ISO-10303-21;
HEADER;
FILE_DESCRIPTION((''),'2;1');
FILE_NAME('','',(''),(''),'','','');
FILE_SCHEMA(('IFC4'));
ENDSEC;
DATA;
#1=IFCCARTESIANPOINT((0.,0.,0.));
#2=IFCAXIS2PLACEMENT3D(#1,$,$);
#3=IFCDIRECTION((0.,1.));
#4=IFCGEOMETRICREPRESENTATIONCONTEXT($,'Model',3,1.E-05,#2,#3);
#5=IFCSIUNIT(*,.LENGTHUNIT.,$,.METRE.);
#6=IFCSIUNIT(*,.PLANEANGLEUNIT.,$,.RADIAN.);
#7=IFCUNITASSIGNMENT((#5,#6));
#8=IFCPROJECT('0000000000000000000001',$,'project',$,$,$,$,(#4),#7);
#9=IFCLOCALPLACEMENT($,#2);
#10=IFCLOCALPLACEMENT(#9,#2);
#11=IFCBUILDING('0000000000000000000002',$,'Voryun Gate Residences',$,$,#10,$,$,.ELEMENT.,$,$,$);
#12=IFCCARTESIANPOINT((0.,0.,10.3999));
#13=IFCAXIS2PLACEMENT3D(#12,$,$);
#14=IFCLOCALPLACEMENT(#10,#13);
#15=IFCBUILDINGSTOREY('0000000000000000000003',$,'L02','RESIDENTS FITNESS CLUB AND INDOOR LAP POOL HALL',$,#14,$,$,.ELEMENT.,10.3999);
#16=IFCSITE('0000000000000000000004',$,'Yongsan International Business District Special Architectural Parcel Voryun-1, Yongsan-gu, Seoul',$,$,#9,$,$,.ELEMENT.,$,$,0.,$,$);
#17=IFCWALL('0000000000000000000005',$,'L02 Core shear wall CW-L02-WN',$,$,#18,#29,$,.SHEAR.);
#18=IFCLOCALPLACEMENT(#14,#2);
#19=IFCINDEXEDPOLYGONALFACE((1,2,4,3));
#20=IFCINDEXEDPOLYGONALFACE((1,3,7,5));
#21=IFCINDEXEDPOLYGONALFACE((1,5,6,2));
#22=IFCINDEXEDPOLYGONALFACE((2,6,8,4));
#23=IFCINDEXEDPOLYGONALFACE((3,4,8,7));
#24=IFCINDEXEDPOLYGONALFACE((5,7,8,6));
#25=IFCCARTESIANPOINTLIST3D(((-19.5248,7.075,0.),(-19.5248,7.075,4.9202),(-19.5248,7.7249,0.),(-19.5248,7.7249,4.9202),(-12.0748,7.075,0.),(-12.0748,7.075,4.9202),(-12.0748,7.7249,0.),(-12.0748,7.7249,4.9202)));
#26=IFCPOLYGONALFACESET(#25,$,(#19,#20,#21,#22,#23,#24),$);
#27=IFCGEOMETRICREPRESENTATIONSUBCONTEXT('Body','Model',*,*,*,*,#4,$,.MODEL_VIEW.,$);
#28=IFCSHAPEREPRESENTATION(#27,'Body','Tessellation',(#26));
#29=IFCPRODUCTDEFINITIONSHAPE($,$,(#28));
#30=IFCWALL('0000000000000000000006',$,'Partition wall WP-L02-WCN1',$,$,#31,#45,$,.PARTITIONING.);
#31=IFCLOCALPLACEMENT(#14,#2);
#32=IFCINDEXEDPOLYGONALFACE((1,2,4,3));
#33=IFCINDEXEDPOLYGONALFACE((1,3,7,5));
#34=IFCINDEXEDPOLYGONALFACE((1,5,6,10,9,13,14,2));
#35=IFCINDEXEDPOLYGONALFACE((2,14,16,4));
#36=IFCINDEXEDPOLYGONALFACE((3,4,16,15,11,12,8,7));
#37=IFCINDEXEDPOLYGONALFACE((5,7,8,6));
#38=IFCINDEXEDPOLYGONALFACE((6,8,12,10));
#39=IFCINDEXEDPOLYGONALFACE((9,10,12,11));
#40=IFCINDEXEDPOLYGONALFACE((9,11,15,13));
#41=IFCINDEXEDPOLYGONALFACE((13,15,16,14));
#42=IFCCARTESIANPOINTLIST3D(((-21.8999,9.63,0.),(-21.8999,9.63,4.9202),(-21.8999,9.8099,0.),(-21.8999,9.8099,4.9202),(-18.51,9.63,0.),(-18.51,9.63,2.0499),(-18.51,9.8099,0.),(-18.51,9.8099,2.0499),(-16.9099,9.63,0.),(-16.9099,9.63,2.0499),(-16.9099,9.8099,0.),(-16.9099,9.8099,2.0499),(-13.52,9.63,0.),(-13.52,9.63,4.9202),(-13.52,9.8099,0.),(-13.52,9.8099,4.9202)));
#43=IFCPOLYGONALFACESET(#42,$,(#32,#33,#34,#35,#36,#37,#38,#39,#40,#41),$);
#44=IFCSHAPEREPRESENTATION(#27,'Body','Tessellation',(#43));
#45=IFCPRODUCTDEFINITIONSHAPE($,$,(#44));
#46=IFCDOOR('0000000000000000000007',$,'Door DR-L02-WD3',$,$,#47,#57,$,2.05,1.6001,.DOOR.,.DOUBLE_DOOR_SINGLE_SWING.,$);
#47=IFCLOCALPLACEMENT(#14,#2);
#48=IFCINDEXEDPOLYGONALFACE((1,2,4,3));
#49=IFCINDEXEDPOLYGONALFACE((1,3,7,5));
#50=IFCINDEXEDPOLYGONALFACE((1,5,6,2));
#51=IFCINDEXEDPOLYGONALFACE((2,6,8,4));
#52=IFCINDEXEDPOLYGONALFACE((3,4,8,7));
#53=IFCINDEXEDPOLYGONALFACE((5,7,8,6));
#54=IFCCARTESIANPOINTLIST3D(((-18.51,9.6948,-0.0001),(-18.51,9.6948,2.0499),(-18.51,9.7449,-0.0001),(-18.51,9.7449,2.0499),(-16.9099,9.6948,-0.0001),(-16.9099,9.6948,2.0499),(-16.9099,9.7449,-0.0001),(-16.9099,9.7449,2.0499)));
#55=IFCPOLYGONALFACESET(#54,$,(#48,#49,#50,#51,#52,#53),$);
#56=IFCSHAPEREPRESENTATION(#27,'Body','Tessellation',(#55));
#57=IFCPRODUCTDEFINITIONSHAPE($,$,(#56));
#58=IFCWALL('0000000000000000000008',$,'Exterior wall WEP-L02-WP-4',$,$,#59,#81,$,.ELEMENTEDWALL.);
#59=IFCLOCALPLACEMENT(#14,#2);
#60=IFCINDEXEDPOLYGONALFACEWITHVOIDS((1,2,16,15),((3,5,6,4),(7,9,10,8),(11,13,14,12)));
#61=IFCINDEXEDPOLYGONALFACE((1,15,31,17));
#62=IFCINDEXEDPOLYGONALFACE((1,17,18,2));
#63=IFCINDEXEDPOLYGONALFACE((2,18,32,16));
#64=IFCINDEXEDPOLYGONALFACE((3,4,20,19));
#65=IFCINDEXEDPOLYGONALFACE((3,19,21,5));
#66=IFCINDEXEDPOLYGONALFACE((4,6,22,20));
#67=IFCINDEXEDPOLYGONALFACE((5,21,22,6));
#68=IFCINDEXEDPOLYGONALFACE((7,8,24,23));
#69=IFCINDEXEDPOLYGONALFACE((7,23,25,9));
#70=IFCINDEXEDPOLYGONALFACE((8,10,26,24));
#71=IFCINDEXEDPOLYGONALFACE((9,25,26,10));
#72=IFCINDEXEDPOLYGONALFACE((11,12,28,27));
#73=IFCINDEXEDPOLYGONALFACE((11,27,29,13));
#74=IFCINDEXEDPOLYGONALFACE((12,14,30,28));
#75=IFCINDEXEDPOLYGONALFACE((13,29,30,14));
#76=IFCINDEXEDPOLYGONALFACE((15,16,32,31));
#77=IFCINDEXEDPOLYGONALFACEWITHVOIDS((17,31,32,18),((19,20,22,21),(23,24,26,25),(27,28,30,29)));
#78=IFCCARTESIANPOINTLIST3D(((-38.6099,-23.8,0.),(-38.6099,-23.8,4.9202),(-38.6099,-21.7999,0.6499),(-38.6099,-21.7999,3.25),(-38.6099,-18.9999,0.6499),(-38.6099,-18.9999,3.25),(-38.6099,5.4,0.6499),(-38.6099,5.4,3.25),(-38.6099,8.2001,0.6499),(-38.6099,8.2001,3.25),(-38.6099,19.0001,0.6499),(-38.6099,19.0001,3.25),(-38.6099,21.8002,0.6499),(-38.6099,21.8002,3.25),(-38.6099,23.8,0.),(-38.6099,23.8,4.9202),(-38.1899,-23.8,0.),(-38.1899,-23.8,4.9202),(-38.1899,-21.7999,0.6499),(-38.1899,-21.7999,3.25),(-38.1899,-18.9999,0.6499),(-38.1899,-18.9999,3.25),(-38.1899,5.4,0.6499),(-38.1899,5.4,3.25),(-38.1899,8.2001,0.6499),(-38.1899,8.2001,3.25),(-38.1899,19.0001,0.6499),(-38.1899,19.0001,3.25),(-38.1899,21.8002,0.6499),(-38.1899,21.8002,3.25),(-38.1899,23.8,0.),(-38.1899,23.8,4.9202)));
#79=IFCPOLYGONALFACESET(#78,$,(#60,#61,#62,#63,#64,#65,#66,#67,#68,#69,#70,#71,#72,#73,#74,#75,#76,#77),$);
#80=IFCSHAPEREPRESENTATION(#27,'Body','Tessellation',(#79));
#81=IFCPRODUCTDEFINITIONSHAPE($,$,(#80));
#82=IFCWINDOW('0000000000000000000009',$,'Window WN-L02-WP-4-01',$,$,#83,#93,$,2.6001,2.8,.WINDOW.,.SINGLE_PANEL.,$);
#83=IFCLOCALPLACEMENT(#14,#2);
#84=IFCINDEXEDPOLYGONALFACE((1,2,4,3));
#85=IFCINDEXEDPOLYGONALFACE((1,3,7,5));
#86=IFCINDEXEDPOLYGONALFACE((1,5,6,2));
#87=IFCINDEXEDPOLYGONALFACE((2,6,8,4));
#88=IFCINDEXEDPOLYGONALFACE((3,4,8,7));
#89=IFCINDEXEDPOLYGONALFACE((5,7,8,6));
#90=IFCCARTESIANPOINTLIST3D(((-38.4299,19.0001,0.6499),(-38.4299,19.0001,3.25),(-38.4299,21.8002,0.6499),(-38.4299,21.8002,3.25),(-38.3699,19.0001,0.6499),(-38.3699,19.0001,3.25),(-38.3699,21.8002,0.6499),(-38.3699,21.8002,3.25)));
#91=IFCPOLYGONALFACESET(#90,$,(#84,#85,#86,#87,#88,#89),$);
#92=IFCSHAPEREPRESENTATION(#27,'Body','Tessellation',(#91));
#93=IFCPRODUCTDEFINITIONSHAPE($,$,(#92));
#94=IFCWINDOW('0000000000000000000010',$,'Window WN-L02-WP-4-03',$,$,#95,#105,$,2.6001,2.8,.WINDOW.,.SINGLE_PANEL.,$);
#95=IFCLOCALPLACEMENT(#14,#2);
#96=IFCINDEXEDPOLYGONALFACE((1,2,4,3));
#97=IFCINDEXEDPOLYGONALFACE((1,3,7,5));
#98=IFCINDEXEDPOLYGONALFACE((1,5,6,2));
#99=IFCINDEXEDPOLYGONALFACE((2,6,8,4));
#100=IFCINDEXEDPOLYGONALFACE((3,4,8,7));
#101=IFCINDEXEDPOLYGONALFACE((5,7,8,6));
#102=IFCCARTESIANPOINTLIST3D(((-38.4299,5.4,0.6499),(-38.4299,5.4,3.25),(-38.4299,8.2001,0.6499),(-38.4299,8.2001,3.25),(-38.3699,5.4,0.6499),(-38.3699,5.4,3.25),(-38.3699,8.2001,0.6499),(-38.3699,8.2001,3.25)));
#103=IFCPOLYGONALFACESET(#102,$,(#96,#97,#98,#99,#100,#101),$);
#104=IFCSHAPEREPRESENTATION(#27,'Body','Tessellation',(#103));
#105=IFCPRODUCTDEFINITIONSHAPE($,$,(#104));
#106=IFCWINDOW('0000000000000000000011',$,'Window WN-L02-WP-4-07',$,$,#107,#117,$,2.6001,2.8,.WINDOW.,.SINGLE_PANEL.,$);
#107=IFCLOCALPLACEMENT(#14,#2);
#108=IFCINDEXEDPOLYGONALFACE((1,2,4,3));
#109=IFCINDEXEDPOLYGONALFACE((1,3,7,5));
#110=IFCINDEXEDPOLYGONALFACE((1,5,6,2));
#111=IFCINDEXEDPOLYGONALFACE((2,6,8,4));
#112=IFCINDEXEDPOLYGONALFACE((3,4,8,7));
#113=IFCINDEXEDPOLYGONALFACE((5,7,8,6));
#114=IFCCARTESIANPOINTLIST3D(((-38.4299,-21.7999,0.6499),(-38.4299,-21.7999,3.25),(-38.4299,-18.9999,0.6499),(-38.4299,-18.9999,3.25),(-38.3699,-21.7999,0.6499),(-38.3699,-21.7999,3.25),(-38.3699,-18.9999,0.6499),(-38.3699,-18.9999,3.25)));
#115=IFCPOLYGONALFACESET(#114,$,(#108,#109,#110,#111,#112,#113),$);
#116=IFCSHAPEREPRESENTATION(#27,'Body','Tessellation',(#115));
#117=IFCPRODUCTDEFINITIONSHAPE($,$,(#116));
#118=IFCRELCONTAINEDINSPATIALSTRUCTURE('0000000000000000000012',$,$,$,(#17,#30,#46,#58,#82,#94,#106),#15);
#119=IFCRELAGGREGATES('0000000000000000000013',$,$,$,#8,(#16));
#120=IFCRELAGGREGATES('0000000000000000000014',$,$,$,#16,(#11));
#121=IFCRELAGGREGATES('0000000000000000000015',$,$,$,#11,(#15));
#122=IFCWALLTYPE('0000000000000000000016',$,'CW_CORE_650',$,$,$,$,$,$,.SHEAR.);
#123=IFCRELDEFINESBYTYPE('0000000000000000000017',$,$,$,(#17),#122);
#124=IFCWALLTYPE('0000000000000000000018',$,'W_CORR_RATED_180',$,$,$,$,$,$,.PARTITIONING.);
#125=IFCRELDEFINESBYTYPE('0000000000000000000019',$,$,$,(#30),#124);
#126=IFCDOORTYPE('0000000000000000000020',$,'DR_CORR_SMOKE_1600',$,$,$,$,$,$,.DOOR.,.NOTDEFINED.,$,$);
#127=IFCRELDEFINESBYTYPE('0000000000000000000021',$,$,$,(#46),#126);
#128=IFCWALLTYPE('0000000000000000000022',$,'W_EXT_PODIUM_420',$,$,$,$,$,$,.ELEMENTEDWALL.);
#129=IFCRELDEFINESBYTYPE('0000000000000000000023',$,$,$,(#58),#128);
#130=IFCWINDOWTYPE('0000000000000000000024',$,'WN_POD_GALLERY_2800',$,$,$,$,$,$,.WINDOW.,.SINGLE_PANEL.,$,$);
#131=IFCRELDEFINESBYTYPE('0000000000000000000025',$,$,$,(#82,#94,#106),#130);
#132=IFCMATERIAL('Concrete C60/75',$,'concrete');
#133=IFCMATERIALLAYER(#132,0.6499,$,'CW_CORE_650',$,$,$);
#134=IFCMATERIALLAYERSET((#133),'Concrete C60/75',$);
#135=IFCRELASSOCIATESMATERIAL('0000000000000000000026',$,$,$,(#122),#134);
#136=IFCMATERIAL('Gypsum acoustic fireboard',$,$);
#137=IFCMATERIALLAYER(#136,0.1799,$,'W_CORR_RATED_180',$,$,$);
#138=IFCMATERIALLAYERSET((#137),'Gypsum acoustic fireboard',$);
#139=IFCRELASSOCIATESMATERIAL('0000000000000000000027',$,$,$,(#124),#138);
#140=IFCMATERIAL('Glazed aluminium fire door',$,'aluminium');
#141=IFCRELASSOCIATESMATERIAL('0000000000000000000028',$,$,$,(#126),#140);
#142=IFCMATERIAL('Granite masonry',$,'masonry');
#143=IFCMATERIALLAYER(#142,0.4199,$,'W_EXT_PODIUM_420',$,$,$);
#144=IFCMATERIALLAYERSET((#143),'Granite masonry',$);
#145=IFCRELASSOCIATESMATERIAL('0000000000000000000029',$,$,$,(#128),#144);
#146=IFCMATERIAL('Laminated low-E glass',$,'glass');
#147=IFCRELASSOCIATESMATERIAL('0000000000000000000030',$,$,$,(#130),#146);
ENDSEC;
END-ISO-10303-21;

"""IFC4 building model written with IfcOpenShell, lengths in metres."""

from ifc_helpers import new_model, si_unit, direction, frame, frame_2d, origin, place, context, subcontext, project, spatial, rectangle, extrude, material, layer, layer_set, type_object, element, fill, save


model = new_model("IFC4")

# Units and contexts
model_context = context("Model", 3, precision=1e-05, world=origin(), true_north=direction((0.0, 1.0)))
body_context = subcontext(model_context, "Body", "Model", "MODEL_VIEW")
ifc_project = project(units=[si_unit("LENGTHUNIT", "METRE"), si_unit("PLANEANGLEUNIT", "RADIAN")], contexts=[model_context])

# Site, building, storey
site_placement = place(None, origin())
site = spatial("IfcSite", under=ifc_project, at=site_placement, Name="Yongsan International Business District Special Architectural Parcel Voryun-1, Yongsan-gu, Seoul", CompositionType="ELEMENT", RefElevation=0.0)
building_placement = place(site_placement, origin())
building = spatial("IfcBuilding", under=site, at=building_placement, Name="Voryun Gate Residences", CompositionType="ELEMENT")
storey_placement = place(building_placement, frame((0.0, 0.0, 10.3999)))
storey = spatial("IfcBuildingStorey", under=building, at=storey_placement, Name="L02", Description="RESIDENTS FITNESS CLUB AND INDOOR LAP POOL HALL", CompositionType="ELEMENT", Elevation=10.3999)

# Wall
ifc_material_1 = material(Name="Concrete C60/75", Category="concrete")
ifc_layer_1 = layer(ifc_material_1, 0.6499, Name="CW_CORE_650")
ifc_layer_set_1 = layer_set([ifc_layer_1], Name="Concrete C60/75")
wall_type_1 = type_object("IfcWallType", Name="CW_CORE_650", PredefinedType="SHEAR", material=ifc_layer_set_1)
wall_1_placement = place(storey_placement, frame((-19.5249, 7.3999, 0.0), z_axis=(0.0, 0.0, 1.0), x_axis=(1.0, 0.0, 0.0)))
element("IfcWall", 1, at=wall_1_placement, inside=storey, type_object=wall_type_1, Name="L02 Core shear wall CW-L02-WN", PredefinedType="SHEAR", context=body_context, shape_type="SweptSolid", body=[
    extrude(rectangle(XDim=7.45, YDim=0.6499, at=frame_2d((3.7251, 0.0))), origin(), (0.0, 0.0, 1.0), 4.9202),
])

# Wall, opening, door
ifc_material_2 = material(Name="Gypsum acoustic fireboard")
ifc_layer_2 = layer(ifc_material_2, 0.1799, Name="W_CORR_RATED_180")
ifc_layer_set_2 = layer_set([ifc_layer_2], Name="Gypsum acoustic fireboard")
wall_type_2 = type_object("IfcWallType", Name="W_CORR_RATED_180", PredefinedType="PARTITIONING", material=ifc_layer_set_2)
wall_2_placement = place(storey_placement, frame((-21.8999, 9.72, 0.0), z_axis=(0.0, 0.0, 1.0), x_axis=(1.0, 0.0, 0.0)))
wall_2 = element("IfcWall", 2, at=wall_2_placement, inside=storey, type_object=wall_type_2, Name="Partition wall WP-L02-WCN1", PredefinedType="PARTITIONING", context=body_context, shape_type="SweptSolid", body=[
    extrude(rectangle(XDim=8.3799, YDim=0.1799, at=frame_2d((4.1899, 0.0))), origin(), (0.0, 0.0, 1.0), 4.9202),
])
opening_1_placement = place(wall_2_placement, frame((3.3899, 0.0, 0.0)))
opening_1 = element("IfcOpeningElement", 3, at=opening_1_placement, cuts=wall_2, PredefinedType="OPENING", context=body_context, shape_type="SweptSolid", body=[
    extrude(rectangle(XDim=1.6001, YDim=2.05, at=frame_2d((0.8, 1.0249))), frame((0.0, 0.0999, 0.0), z_axis=(0.0, -1.0, 0.0), x_axis=(1.0, 0.0, 0.0)), (0.0, 0.0, 1.0), 0.2),
])
ifc_material_3 = material(Name="Glazed aluminium fire door", Category="aluminium")
door_type = type_object("IfcDoorType", Name="DR_CORR_SMOKE_1600", OperationType="NOTDEFINED", PredefinedType="DOOR", material=ifc_material_3)
door_placement = place(opening_1_placement, origin())
door = element("IfcDoor", 4, at=door_placement, inside=storey, type_object=door_type, Name="Door DR-L02-WD3", OperationType="DOUBLE_DOOR_SINGLE_SWING", OverallHeight=2.05, OverallWidth=1.6001, PredefinedType="DOOR", context=body_context, shape_type="SweptSolid", body=[
    extrude(rectangle(XDim=1.6001, YDim=2.05, at=frame_2d((0.8, 1.0249))), frame((0.0, 0.0249, 0.0), z_axis=(0.0, -1.0, 0.0), x_axis=(1.0, 0.0, 0.0)), (0.0, 0.0, 1.0), 0.05),
])
fill(opening_1, door)

# Wall, openings, windows
ifc_material_4 = material(Name="Granite masonry", Category="masonry")
ifc_layer_3 = layer(ifc_material_4, 0.4199, Name="W_EXT_PODIUM_420")
ifc_layer_set_3 = layer_set([ifc_layer_3], Name="Granite masonry")
wall_type_3 = type_object("IfcWallType", Name="W_EXT_PODIUM_420", PredefinedType="ELEMENTEDWALL", material=ifc_layer_set_3)
wall_3_placement = place(storey_placement, frame((-38.3999, 23.8, 0.0), z_axis=(0.0, 0.0, 1.0), x_axis=(0.0, -1.0, 0.0)))
wall_3 = element("IfcWall", 5, at=wall_3_placement, inside=storey, type_object=wall_type_3, Name="Exterior wall WEP-L02-WP-4", PredefinedType="ELEMENTEDWALL", context=body_context, shape_type="SweptSolid", body=[
    extrude(rectangle(XDim=47.6001, YDim=0.4199, at=frame_2d((23.8, 0.0))), origin(), (0.0, 0.0, 1.0), 4.9202),
])
opening_2_placement = place(wall_3_placement, frame((2.0, 0.0, 0.6499)))
opening_2 = element("IfcOpeningElement", 6, at=opening_2_placement, cuts=wall_3, PredefinedType="OPENING", context=body_context, shape_type="SweptSolid", body=[
    extrude(rectangle(XDim=2.8, YDim=2.6001, at=frame_2d((1.3999, 1.3))), frame((0.0, 0.22, 0.0), z_axis=(0.0, -1.0, 0.0), x_axis=(1.0, 0.0, 0.0)), (0.0, 0.0, 1.0), 0.4399),
])
opening_3_placement = place(wall_3_placement, frame((15.6001, 0.0, 0.6499)))
opening_3 = element("IfcOpeningElement", 7, at=opening_3_placement, cuts=wall_3, PredefinedType="OPENING", context=body_context, shape_type="SweptSolid", body=[
    extrude(rectangle(XDim=2.8, YDim=2.6001, at=frame_2d((1.3999, 1.3))), frame((0.0, 0.22, 0.0), z_axis=(0.0, -1.0, 0.0), x_axis=(1.0, 0.0, 0.0)), (0.0, 0.0, 1.0), 0.4399),
])
opening_4_placement = place(wall_3_placement, frame((42.8, 0.0, 0.6499)))
opening_4 = element("IfcOpeningElement", 8, at=opening_4_placement, cuts=wall_3, PredefinedType="OPENING", context=body_context, shape_type="SweptSolid", body=[
    extrude(rectangle(XDim=2.8, YDim=2.6001, at=frame_2d((1.3999, 1.3))), frame((0.0, 0.22, 0.0), z_axis=(0.0, -1.0, 0.0), x_axis=(1.0, 0.0, 0.0)), (0.0, 0.0, 1.0), 0.4399),
])
ifc_material_5 = material(Name="Laminated low-E glass", Category="glass")
window_type = type_object("IfcWindowType", Name="WN_POD_GALLERY_2800", PartitioningType="SINGLE_PANEL", PredefinedType="WINDOW", material=ifc_material_5)
window_1_placement = place(opening_2_placement, origin())
window_1 = element("IfcWindow", 9, at=window_1_placement, inside=storey, type_object=window_type, Name="Window WN-L02-WP-4-01", OverallHeight=2.6001, OverallWidth=2.8, PartitioningType="SINGLE_PANEL", PredefinedType="WINDOW", context=body_context, shape_type="SweptSolid", body=[
    extrude(rectangle(XDim=2.8, YDim=2.6001, at=frame_2d((1.3999, 1.3))), frame((0.0, 0.03, 0.0), z_axis=(0.0, -1.0, 0.0), x_axis=(1.0, 0.0, 0.0)), (0.0, 0.0, 1.0), 0.0601),
])
fill(opening_2, window_1)
window_2_placement = place(opening_3_placement, origin())
window_2 = element("IfcWindow", 10, at=window_2_placement, inside=storey, type_object=window_type, Name="Window WN-L02-WP-4-03", OverallHeight=2.6001, OverallWidth=2.8, PartitioningType="SINGLE_PANEL", PredefinedType="WINDOW", context=body_context, shape_type="SweptSolid", body=[
    extrude(rectangle(XDim=2.8, YDim=2.6001, at=frame_2d((1.3999, 1.3))), frame((0.0, 0.03, 0.0), z_axis=(0.0, -1.0, 0.0), x_axis=(1.0, 0.0, 0.0)), (0.0, 0.0, 1.0), 0.0601),
])
fill(opening_3, window_2)
window_3_placement = place(opening_4_placement, origin())
window_3 = element("IfcWindow", 11, at=window_3_placement, inside=storey, type_object=window_type, Name="Window WN-L02-WP-4-07", OverallHeight=2.6001, OverallWidth=2.8, PartitioningType="SINGLE_PANEL", PredefinedType="WINDOW", context=body_context, shape_type="SweptSolid", body=[
    extrude(rectangle(XDim=2.8, YDim=2.6001, at=frame_2d((1.3999, 1.3))), frame((0.0, 0.03, 0.0), z_axis=(0.0, -1.0, 0.0), x_axis=(1.0, 0.0, 0.0)), (0.0, 0.0, 1.0), 0.0601),
])
fill(opening_4, window_3)

save(model, "model.ifc")
